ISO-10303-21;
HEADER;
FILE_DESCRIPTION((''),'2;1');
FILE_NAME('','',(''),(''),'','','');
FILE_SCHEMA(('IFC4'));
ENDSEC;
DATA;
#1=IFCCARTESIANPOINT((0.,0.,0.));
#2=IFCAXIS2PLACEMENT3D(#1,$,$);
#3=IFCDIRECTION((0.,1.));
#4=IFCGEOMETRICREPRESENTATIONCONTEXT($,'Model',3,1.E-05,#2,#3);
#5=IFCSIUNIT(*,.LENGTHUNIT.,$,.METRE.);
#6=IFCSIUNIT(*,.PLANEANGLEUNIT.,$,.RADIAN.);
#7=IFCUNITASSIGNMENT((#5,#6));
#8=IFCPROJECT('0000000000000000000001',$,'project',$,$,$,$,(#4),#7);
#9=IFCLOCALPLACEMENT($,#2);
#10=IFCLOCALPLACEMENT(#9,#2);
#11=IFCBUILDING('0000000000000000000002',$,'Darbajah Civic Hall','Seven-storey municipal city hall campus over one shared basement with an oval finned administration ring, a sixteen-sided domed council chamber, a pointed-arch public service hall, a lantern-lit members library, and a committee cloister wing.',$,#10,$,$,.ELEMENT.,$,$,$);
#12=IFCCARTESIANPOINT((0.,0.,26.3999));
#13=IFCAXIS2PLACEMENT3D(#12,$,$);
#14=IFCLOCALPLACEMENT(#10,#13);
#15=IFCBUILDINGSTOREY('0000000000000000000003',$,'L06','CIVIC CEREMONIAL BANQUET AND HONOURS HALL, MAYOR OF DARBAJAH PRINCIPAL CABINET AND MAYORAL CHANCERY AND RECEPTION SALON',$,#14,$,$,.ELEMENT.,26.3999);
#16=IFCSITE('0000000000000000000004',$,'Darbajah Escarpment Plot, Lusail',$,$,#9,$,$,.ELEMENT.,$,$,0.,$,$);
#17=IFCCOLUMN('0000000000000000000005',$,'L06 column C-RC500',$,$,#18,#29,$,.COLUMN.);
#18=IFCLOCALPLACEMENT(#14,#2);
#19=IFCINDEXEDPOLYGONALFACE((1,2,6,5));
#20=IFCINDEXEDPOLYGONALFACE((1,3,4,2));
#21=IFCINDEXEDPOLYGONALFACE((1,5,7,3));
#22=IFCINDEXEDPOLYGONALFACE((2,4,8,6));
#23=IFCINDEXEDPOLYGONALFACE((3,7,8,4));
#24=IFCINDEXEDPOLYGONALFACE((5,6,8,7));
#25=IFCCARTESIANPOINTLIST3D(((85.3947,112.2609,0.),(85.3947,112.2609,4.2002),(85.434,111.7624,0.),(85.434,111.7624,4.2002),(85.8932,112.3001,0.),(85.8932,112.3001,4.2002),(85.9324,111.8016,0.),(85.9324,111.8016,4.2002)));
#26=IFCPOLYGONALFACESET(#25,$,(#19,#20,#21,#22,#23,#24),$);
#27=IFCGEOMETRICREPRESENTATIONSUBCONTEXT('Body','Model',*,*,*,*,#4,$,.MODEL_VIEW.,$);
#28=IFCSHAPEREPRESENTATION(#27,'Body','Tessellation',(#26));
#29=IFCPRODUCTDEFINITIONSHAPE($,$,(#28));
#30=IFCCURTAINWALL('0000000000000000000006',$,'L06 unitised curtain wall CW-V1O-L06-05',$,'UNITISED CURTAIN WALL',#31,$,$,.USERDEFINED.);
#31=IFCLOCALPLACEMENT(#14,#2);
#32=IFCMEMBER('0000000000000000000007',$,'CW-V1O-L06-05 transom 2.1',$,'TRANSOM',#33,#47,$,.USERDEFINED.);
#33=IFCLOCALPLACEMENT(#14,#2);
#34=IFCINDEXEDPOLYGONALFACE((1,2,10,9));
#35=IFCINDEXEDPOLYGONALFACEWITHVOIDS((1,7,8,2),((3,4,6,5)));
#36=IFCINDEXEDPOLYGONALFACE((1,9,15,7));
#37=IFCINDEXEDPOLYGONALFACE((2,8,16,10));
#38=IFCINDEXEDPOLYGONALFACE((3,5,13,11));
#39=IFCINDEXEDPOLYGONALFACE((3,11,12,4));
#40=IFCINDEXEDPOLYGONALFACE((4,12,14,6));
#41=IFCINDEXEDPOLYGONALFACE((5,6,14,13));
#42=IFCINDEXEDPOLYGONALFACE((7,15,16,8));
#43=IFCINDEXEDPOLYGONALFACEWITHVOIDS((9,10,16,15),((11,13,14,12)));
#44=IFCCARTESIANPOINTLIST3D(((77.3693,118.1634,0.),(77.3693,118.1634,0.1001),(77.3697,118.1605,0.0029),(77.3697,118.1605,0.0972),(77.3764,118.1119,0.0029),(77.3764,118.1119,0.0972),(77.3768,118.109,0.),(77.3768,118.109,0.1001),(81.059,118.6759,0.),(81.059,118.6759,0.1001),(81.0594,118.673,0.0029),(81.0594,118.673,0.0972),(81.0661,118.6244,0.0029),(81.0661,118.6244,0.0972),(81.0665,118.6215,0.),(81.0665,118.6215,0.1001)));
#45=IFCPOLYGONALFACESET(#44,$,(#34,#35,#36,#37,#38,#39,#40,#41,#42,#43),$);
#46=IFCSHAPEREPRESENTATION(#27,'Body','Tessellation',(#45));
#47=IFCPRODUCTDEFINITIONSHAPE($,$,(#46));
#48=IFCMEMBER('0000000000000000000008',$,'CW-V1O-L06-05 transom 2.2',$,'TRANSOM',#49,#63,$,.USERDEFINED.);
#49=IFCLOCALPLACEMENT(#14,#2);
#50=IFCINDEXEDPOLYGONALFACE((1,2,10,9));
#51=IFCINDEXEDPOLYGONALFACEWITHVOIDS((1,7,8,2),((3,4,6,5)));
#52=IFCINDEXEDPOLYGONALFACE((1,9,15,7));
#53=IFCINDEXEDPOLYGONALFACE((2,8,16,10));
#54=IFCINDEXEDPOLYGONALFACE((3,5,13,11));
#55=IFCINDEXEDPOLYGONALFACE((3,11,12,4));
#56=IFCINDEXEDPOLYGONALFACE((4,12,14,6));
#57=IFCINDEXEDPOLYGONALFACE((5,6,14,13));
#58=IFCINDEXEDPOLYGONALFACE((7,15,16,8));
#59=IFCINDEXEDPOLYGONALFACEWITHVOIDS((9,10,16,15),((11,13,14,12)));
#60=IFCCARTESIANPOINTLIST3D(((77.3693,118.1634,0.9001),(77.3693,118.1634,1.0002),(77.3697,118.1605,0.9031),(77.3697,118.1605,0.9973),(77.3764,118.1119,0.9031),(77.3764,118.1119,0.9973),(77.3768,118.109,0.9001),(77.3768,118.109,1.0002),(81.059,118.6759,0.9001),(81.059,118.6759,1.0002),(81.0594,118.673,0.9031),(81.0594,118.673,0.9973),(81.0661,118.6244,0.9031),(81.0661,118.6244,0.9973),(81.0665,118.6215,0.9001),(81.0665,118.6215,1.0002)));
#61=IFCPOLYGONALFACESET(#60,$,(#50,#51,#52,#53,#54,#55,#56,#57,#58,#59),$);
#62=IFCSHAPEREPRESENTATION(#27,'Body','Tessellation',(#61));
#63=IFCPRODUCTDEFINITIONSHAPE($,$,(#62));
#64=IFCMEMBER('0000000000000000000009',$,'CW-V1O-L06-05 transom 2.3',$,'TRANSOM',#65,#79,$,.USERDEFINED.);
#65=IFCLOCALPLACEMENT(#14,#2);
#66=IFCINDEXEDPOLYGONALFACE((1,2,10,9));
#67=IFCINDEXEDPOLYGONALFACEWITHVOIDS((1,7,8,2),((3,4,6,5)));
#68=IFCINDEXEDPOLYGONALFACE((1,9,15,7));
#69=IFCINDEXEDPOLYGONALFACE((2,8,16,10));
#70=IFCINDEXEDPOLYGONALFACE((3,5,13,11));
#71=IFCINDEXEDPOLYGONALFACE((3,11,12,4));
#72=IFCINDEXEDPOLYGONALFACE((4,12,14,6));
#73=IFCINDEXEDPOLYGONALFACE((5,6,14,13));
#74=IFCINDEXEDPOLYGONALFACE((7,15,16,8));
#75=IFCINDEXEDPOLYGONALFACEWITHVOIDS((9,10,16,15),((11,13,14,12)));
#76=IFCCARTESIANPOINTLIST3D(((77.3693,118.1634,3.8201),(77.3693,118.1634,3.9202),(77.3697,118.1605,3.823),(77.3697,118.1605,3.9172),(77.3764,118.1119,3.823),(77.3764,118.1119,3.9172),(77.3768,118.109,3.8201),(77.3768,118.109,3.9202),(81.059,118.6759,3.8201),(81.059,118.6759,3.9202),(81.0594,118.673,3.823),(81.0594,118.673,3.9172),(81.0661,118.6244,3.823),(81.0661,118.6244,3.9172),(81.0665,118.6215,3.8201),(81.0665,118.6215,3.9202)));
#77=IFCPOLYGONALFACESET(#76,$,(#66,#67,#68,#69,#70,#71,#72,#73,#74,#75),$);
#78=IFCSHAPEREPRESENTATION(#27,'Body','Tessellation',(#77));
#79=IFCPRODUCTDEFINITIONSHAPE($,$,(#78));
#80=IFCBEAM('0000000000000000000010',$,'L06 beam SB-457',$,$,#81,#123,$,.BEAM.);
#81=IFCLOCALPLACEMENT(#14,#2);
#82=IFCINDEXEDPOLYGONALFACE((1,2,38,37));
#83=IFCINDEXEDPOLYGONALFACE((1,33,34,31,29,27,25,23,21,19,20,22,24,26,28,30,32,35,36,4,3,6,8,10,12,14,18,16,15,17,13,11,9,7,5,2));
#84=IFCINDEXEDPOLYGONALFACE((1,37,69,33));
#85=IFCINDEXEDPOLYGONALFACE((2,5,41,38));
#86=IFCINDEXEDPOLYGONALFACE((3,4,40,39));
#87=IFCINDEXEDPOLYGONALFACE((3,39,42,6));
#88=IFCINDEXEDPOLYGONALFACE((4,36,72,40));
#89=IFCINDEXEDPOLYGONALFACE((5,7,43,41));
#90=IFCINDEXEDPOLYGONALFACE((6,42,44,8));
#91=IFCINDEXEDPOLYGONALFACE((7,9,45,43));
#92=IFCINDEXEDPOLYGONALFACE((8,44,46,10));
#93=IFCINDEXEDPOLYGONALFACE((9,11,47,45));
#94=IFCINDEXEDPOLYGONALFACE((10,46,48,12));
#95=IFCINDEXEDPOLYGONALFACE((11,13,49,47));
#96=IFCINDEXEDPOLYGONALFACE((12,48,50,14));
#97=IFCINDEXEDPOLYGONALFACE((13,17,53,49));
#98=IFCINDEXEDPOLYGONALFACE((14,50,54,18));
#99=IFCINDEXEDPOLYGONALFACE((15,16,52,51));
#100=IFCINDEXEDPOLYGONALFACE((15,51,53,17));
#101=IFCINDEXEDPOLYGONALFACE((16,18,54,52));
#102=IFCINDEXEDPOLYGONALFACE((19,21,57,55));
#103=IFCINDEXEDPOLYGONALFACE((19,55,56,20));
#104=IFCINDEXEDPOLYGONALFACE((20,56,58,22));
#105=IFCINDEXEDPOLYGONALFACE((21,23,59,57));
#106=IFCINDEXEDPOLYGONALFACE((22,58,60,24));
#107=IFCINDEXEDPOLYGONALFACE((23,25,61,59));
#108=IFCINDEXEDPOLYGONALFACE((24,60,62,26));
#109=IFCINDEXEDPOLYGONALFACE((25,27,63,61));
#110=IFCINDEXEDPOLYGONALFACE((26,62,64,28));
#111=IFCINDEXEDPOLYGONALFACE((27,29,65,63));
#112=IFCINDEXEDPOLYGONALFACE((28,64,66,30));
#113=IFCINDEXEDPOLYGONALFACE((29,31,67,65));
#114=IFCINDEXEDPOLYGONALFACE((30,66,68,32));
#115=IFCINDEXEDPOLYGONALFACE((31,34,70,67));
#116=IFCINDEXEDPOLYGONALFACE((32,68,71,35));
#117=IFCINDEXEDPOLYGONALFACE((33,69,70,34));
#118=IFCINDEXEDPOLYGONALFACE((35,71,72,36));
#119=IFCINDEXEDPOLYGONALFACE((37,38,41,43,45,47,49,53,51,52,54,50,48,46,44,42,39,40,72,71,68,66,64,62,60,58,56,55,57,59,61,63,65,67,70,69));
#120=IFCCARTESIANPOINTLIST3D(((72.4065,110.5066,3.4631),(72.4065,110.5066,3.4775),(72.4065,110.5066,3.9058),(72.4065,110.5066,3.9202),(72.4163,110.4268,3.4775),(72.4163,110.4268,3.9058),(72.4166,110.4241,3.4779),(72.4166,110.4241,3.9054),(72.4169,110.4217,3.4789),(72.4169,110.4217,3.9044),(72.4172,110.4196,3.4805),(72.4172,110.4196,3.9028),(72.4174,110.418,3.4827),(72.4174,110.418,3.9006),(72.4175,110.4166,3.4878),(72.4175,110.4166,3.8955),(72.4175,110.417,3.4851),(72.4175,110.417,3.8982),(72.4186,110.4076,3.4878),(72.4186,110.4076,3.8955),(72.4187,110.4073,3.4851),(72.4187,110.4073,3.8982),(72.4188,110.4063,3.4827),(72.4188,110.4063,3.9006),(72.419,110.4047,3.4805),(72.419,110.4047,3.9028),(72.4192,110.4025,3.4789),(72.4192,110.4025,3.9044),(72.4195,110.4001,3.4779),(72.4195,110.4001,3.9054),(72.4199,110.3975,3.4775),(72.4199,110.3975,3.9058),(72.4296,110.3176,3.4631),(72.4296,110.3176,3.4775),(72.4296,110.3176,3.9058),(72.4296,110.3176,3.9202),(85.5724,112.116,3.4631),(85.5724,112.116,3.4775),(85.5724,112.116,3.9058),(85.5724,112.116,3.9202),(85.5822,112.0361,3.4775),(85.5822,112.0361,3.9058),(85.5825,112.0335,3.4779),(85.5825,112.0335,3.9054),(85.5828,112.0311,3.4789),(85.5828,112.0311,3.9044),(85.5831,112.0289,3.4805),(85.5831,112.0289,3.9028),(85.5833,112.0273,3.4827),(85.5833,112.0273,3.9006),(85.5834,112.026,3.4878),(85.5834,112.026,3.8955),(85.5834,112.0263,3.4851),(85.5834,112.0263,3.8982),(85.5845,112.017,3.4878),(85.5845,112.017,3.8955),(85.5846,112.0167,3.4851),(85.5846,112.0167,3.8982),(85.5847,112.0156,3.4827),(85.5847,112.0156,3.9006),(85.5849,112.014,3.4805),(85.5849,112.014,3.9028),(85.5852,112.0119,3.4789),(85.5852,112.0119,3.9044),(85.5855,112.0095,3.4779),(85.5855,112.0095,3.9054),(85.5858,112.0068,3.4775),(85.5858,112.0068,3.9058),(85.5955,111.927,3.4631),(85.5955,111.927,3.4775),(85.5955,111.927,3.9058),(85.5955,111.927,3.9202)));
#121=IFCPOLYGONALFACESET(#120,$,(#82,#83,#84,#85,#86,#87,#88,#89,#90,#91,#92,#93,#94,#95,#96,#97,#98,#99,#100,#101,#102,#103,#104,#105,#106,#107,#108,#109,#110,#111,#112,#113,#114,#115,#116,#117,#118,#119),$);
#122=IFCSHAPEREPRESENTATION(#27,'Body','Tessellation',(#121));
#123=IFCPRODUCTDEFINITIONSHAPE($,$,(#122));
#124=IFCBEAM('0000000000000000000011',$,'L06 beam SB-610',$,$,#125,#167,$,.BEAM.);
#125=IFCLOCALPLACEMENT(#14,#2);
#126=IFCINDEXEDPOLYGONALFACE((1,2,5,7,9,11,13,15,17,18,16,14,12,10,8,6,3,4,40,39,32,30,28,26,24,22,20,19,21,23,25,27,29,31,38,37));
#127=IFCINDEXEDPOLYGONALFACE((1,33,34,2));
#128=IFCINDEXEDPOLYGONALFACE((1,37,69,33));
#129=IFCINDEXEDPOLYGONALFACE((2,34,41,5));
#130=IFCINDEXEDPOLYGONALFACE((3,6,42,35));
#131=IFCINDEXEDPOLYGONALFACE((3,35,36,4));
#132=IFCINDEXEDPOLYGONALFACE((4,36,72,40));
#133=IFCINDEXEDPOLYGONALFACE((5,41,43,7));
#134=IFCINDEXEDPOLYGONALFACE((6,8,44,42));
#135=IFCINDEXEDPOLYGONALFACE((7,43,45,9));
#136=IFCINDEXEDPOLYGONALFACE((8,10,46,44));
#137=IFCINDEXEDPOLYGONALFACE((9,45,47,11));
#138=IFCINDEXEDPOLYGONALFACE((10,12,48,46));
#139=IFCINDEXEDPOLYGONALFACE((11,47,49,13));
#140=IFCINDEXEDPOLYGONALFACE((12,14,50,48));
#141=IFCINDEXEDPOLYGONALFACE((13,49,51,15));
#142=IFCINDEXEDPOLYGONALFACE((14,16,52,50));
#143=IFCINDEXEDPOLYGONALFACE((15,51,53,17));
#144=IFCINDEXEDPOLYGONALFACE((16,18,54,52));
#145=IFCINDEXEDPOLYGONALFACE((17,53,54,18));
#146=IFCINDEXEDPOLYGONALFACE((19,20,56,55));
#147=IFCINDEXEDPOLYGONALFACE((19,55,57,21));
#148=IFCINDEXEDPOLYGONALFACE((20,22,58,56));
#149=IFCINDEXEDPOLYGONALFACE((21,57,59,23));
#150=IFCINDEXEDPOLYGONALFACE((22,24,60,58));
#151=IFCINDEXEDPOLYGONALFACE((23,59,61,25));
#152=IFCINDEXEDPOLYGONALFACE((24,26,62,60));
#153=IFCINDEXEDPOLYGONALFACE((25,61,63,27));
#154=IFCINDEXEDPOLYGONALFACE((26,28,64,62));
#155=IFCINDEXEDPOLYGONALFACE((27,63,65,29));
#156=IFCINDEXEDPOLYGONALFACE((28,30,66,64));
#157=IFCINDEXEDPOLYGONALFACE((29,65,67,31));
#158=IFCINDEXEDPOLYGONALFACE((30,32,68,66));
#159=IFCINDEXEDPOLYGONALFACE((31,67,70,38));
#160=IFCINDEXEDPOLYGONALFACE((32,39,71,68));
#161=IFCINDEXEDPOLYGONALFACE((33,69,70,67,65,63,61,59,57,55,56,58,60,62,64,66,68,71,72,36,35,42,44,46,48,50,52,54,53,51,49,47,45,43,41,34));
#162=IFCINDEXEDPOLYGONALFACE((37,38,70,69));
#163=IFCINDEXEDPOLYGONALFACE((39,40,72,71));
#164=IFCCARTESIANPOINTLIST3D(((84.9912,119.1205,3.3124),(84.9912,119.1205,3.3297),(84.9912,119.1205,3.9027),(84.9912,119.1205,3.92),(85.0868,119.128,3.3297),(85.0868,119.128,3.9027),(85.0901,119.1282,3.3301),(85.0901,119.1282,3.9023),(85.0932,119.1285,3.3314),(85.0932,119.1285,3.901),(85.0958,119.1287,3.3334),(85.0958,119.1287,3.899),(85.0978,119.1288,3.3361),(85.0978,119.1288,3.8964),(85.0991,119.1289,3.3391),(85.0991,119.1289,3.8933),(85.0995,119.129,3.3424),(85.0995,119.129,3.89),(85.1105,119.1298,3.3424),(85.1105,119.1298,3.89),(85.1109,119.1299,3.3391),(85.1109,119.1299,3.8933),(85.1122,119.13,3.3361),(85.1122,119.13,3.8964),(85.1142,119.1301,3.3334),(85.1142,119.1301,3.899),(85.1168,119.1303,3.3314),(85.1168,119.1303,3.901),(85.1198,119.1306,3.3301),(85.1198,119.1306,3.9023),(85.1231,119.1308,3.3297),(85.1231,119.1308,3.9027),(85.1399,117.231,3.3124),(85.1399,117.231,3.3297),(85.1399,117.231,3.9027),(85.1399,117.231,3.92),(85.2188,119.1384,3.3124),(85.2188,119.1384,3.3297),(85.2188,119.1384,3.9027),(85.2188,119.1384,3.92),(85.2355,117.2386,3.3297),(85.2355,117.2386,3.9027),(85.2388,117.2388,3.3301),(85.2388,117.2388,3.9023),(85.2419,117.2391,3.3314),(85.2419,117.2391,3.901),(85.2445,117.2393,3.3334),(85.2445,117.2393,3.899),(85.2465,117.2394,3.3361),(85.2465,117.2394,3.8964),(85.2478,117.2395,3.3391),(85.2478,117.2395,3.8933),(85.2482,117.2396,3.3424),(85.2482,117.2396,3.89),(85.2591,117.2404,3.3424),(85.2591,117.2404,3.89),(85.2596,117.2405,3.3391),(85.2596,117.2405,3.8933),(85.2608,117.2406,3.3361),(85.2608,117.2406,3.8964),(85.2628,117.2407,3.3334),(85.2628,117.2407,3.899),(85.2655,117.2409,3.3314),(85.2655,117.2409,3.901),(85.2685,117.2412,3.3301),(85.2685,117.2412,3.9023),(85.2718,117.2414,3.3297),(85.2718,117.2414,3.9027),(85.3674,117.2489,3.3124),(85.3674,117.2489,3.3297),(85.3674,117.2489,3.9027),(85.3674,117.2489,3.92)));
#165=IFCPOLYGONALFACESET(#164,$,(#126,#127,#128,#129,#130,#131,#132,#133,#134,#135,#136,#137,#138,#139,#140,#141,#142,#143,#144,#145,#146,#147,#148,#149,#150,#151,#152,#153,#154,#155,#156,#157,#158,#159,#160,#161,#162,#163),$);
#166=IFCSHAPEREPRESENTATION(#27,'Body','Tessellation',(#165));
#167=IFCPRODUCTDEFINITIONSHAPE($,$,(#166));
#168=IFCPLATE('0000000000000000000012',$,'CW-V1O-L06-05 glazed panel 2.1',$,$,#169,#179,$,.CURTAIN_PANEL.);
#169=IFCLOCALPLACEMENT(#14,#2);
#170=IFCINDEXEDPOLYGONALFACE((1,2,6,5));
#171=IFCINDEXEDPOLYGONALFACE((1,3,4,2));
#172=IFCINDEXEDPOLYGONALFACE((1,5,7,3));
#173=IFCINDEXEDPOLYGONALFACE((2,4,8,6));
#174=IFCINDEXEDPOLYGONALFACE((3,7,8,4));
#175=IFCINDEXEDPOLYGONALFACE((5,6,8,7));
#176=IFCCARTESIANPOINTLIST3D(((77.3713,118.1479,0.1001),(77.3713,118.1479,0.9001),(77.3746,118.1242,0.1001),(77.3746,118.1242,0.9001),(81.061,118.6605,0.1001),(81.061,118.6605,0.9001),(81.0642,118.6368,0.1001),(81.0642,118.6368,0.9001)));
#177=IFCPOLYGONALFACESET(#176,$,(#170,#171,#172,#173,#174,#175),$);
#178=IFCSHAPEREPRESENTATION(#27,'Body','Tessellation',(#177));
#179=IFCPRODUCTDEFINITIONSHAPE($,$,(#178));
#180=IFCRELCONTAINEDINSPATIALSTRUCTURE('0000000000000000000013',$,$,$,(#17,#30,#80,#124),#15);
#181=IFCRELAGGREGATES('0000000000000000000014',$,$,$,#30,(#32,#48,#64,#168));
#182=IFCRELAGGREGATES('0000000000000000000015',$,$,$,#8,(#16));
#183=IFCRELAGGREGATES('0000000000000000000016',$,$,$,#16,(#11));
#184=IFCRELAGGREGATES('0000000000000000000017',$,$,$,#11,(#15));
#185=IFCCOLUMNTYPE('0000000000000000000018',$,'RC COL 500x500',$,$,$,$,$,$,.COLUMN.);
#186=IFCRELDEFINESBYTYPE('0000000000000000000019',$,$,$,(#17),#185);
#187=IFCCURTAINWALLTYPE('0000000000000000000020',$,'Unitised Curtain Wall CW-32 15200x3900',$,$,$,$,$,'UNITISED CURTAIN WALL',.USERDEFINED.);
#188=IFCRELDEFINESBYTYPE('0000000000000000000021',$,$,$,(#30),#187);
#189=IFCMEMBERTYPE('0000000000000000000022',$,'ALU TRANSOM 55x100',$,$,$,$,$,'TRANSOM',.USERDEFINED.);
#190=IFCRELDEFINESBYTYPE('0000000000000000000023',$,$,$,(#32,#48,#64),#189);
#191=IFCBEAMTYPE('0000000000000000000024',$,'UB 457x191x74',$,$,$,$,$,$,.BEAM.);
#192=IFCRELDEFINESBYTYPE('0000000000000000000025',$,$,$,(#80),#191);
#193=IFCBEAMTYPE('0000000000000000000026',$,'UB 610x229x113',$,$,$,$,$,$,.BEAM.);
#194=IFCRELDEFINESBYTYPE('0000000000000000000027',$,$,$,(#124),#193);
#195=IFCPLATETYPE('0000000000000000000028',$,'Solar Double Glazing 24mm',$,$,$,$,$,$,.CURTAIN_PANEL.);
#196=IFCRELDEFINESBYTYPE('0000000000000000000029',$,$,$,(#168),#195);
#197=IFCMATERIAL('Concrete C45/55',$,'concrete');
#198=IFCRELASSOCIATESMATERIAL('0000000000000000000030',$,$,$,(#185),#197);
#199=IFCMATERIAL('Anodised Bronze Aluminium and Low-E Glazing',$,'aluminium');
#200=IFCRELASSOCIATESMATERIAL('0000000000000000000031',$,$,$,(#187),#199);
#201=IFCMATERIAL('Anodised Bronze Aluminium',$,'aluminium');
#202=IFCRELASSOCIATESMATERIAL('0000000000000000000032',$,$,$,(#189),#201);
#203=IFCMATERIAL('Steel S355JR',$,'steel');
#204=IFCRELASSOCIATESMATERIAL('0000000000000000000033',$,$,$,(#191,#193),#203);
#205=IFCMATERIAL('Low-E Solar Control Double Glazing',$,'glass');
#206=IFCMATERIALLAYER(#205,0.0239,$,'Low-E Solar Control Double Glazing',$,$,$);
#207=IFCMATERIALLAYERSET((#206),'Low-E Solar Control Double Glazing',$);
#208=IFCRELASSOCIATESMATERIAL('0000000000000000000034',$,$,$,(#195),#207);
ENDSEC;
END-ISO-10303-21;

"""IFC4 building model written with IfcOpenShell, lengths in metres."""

from ifc_helpers import new_model, si_unit, direction, frame, origin, origin_2d, place, context, subcontext, project, spatial, rectangle, hollow_rectangle, i_section, extrude, material, layer, layer_set, material_profile, profile_set, type_object, element, aggregate, save


model = new_model("IFC4")

# Units and contexts
model_context = context("Model", 3, precision=1e-05, world=origin(), true_north=direction((0.0, 1.0)))
body_context = subcontext(model_context, "Body", "Model", "MODEL_VIEW")
ifc_project = project(units=[si_unit("LENGTHUNIT", "METRE"), si_unit("PLANEANGLEUNIT", "RADIAN")], contexts=[model_context])

# Site, building, storey
site_placement = place(None, origin())
site = spatial("IfcSite", under=ifc_project, at=site_placement, Name="Darbajah Escarpment Plot, Lusail", CompositionType="ELEMENT", RefElevation=0.0)
building_placement = place(site_placement, origin())
building = spatial("IfcBuilding", under=site, at=building_placement, Name="Darbajah Civic Hall", Description="Seven-storey municipal city hall campus over one shared basement with an oval finned administration ring, a sixteen-sided domed council chamber, a pointed-arch public service hall, a lantern-lit members library, and a committee cloister wing.", CompositionType="ELEMENT")
storey_placement = place(building_placement, frame((0.0, 0.0, 26.3999)))
storey = spatial("IfcBuildingStorey", under=building, at=storey_placement, Name="L06", Description="CIVIC CEREMONIAL BANQUET AND HONOURS HALL, MAYOR OF DARBAJAH PRINCIPAL CABINET AND MAYORAL CHANCERY AND RECEPTION SALON", CompositionType="ELEMENT", Elevation=26.3999)

# Column
ifc_material_1 = material(Name="Concrete C45/55", Category="concrete")
ifc_material_profile_1 = material_profile(ifc_material_1, rectangle(XDim=0.5, YDim=0.5, at=origin_2d()), Name="RC COL 500x500")
ifc_profile_set_1 = profile_set([ifc_material_profile_1], Name="Concrete C45/55")
column_type = type_object("IfcColumnType", Name="RC COL 500x500", PredefinedType="COLUMN", material=ifc_profile_set_1)
column_placement = place(storey_placement, frame((85.6636, 112.0312, 0.0), z_axis=(0.0, 0.0, 1.0), x_axis=(-0.078459, 0.996917, 0.0)))
element("IfcColumn", 1, at=column_placement, inside=storey, type_object=column_type, Name="L06 column C-RC500", PredefinedType="COLUMN", context=body_context, shape_type="SweptSolid", body=[
    extrude(rectangle(XDim=0.5, YDim=0.5, at=origin_2d()), origin(), (0.0, 0.0, 1.0), 4.2002),
])

# Curtain wall, members
ifc_material_2 = material(Name="Anodised Bronze Aluminium and Low-E Glazing", Category="aluminium")
curtain_wall_type = type_object("IfcCurtainWallType", Name="Unitised Curtain Wall CW-32 15200x3900", ElementType="UNITISED CURTAIN WALL", PredefinedType="USERDEFINED", material=ifc_material_2)
curtain_wall_placement = place(storey_placement, origin())
curtain_wall = element("IfcCurtainWall", 2, at=curtain_wall_placement, inside=storey, type_object=curtain_wall_type, Name="L06 unitised curtain wall CW-V1O-L06-05", ObjectType="UNITISED CURTAIN WALL", PredefinedType="USERDEFINED")
ifc_material_3 = material(Name="Anodised Bronze Aluminium", Category="aluminium")
ifc_material_profile_2 = material_profile(ifc_material_3, hollow_rectangle(XDim=0.0549, YDim=0.1001, WallThickness=0.0029, at=origin_2d()), Name="ALU TRANSOM 55x100")
ifc_profile_set_2 = profile_set([ifc_material_profile_2], Name="Anodised Bronze Aluminium")
member_type = type_object("IfcMemberType", Name="ALU TRANSOM 55x100", ElementType="TRANSOM", PredefinedType="USERDEFINED", material=ifc_profile_set_2)
member_1_placement = place(storey_placement, frame((81.0627, 118.6487, 0.05), z_axis=(-0.990493, -0.137567, 0.0), x_axis=(0.137567, -0.990493, 0.0)))
member_1 = element("IfcMember", 3, at=member_1_placement, type_object=member_type, Name="CW-V1O-L06-05 transom 2.1", ObjectType="TRANSOM", PredefinedType="USERDEFINED", context=body_context, shape_type="SweptSolid", body=[
    extrude(hollow_rectangle(XDim=0.0549, YDim=0.1001, WallThickness=0.0029, at=origin_2d()), origin(), (0.0, 0.0, 1.0), 3.7251),
])
member_2_placement = place(storey_placement, frame((81.0627, 118.6487, 0.9502), z_axis=(-0.990493, -0.137567, 0.0), x_axis=(0.137567, -0.990493, 0.0)))
member_2 = element("IfcMember", 4, at=member_2_placement, type_object=member_type, Name="CW-V1O-L06-05 transom 2.2", ObjectType="TRANSOM", PredefinedType="USERDEFINED", context=body_context, shape_type="SweptSolid", body=[
    extrude(hollow_rectangle(XDim=0.0549, YDim=0.1001, WallThickness=0.0029, at=origin_2d()), origin(), (0.0, 0.0, 1.0), 3.7251),
])
member_3_placement = place(storey_placement, frame((81.0627, 118.6487, 3.8701), z_axis=(-0.990493, -0.137567, 0.0), x_axis=(0.137567, -0.990493, 0.0)))
member_3 = element("IfcMember", 5, at=member_3_placement, type_object=member_type, Name="CW-V1O-L06-05 transom 2.3", ObjectType="TRANSOM", PredefinedType="USERDEFINED", context=body_context, shape_type="SweptSolid", body=[
    extrude(hollow_rectangle(XDim=0.0549, YDim=0.1001, WallThickness=0.0029, at=origin_2d()), origin(), (0.0, 0.0, 1.0), 3.7251),
])

# Beams
ifc_material_4 = material(Name="Steel S355JR", Category="steel")
ifc_material_profile_3 = material_profile(ifc_material_4, i_section(OverallWidth=0.1904, OverallDepth=0.457, WebThickness=0.009, FlangeThickness=0.0144, FilletRadius=0.0103, at=origin_2d()), Name="UB 457x191x74")
ifc_profile_set_3 = profile_set([ifc_material_profile_3], Name="Steel S355JR")
beam_type_1 = type_object("IfcBeamType", Name="UB 457x191x74", PredefinedType="BEAM", material=ifc_profile_set_3)
beam_1_placement = place(storey_placement, frame((85.584, 112.0215, 3.6917), z_axis=(-0.992612, -0.121334, 0.0), x_axis=(0.121334, -0.992612, 0.0)))
element("IfcBeam", 6, at=beam_1_placement, inside=storey, type_object=beam_type_1, Name="L06 beam SB-457", PredefinedType="BEAM", context=body_context, shape_type="SweptSolid", body=[
    extrude(i_section(OverallWidth=0.1904, OverallDepth=0.457, WebThickness=0.009, FlangeThickness=0.0144, FilletRadius=0.0103, at=origin_2d()), origin(), (0.0, 0.0, 1.0), 13.2639),
])
ifc_material_profile_4 = material_profile(ifc_material_4, i_section(OverallWidth=0.2283, OverallDepth=0.6077, WebThickness=0.011, FlangeThickness=0.0173, FilletRadius=0.0127, at=origin_2d()), Name="UB 610x229x113")
ifc_profile_set_4 = profile_set([ifc_material_profile_4], Name="Steel S355JR")
beam_type_2 = type_object("IfcBeamType", Name="UB 610x229x113", PredefinedType="BEAM", material=ifc_profile_set_4)
beam_2_placement = place(storey_placement, frame((85.2537, 117.24, 3.6162), z_axis=(-0.07845, 0.996918, 0.0), x_axis=(-0.996918, -0.07845, 0.0)))
element("IfcBeam", 7, at=beam_2_placement, inside=storey, type_object=beam_type_2, Name="L06 beam SB-610", PredefinedType="BEAM", context=body_context, shape_type="SweptSolid", body=[
    extrude(i_section(OverallWidth=0.2283, OverallDepth=0.6077, WebThickness=0.011, FlangeThickness=0.0173, FilletRadius=0.0127, at=origin_2d()), origin(), (0.0, 0.0, 1.0), 1.8953),
])

# Plate
ifc_material_5 = material(Name="Low-E Solar Control Double Glazing", Category="glass")
ifc_layer_1 = layer(ifc_material_5, 0.0239, Name="Low-E Solar Control Double Glazing")
ifc_layer_set_1 = layer_set([ifc_layer_1], Name="Low-E Solar Control Double Glazing")
plate_type = type_object("IfcPlateType", Name="Solar Double Glazing 24mm", PredefinedType="CURTAIN_PANEL", material=ifc_layer_set_1)
plate_1_placement = place(storey_placement, frame((79.2178, 118.3923, 0.1001), z_axis=(0.0, 0.0, 1.0), x_axis=(-0.990485, -0.137617, 0.0)))
plate_1 = element("IfcPlate", 8, at=plate_1_placement, type_object=plate_type, Name="CW-V1O-L06-05 glazed panel 2.1", PredefinedType="CURTAIN_PANEL", context=body_context, shape_type="SweptSolid", body=[
    extrude(rectangle(XDim=3.7251, YDim=0.0239, at=origin_2d()), origin(), (0.0, 0.0, 1.0), 0.8),
])
aggregate(curtain_wall, [member_1, member_2, member_3, plate_1])

save(model, "model.ifc")
